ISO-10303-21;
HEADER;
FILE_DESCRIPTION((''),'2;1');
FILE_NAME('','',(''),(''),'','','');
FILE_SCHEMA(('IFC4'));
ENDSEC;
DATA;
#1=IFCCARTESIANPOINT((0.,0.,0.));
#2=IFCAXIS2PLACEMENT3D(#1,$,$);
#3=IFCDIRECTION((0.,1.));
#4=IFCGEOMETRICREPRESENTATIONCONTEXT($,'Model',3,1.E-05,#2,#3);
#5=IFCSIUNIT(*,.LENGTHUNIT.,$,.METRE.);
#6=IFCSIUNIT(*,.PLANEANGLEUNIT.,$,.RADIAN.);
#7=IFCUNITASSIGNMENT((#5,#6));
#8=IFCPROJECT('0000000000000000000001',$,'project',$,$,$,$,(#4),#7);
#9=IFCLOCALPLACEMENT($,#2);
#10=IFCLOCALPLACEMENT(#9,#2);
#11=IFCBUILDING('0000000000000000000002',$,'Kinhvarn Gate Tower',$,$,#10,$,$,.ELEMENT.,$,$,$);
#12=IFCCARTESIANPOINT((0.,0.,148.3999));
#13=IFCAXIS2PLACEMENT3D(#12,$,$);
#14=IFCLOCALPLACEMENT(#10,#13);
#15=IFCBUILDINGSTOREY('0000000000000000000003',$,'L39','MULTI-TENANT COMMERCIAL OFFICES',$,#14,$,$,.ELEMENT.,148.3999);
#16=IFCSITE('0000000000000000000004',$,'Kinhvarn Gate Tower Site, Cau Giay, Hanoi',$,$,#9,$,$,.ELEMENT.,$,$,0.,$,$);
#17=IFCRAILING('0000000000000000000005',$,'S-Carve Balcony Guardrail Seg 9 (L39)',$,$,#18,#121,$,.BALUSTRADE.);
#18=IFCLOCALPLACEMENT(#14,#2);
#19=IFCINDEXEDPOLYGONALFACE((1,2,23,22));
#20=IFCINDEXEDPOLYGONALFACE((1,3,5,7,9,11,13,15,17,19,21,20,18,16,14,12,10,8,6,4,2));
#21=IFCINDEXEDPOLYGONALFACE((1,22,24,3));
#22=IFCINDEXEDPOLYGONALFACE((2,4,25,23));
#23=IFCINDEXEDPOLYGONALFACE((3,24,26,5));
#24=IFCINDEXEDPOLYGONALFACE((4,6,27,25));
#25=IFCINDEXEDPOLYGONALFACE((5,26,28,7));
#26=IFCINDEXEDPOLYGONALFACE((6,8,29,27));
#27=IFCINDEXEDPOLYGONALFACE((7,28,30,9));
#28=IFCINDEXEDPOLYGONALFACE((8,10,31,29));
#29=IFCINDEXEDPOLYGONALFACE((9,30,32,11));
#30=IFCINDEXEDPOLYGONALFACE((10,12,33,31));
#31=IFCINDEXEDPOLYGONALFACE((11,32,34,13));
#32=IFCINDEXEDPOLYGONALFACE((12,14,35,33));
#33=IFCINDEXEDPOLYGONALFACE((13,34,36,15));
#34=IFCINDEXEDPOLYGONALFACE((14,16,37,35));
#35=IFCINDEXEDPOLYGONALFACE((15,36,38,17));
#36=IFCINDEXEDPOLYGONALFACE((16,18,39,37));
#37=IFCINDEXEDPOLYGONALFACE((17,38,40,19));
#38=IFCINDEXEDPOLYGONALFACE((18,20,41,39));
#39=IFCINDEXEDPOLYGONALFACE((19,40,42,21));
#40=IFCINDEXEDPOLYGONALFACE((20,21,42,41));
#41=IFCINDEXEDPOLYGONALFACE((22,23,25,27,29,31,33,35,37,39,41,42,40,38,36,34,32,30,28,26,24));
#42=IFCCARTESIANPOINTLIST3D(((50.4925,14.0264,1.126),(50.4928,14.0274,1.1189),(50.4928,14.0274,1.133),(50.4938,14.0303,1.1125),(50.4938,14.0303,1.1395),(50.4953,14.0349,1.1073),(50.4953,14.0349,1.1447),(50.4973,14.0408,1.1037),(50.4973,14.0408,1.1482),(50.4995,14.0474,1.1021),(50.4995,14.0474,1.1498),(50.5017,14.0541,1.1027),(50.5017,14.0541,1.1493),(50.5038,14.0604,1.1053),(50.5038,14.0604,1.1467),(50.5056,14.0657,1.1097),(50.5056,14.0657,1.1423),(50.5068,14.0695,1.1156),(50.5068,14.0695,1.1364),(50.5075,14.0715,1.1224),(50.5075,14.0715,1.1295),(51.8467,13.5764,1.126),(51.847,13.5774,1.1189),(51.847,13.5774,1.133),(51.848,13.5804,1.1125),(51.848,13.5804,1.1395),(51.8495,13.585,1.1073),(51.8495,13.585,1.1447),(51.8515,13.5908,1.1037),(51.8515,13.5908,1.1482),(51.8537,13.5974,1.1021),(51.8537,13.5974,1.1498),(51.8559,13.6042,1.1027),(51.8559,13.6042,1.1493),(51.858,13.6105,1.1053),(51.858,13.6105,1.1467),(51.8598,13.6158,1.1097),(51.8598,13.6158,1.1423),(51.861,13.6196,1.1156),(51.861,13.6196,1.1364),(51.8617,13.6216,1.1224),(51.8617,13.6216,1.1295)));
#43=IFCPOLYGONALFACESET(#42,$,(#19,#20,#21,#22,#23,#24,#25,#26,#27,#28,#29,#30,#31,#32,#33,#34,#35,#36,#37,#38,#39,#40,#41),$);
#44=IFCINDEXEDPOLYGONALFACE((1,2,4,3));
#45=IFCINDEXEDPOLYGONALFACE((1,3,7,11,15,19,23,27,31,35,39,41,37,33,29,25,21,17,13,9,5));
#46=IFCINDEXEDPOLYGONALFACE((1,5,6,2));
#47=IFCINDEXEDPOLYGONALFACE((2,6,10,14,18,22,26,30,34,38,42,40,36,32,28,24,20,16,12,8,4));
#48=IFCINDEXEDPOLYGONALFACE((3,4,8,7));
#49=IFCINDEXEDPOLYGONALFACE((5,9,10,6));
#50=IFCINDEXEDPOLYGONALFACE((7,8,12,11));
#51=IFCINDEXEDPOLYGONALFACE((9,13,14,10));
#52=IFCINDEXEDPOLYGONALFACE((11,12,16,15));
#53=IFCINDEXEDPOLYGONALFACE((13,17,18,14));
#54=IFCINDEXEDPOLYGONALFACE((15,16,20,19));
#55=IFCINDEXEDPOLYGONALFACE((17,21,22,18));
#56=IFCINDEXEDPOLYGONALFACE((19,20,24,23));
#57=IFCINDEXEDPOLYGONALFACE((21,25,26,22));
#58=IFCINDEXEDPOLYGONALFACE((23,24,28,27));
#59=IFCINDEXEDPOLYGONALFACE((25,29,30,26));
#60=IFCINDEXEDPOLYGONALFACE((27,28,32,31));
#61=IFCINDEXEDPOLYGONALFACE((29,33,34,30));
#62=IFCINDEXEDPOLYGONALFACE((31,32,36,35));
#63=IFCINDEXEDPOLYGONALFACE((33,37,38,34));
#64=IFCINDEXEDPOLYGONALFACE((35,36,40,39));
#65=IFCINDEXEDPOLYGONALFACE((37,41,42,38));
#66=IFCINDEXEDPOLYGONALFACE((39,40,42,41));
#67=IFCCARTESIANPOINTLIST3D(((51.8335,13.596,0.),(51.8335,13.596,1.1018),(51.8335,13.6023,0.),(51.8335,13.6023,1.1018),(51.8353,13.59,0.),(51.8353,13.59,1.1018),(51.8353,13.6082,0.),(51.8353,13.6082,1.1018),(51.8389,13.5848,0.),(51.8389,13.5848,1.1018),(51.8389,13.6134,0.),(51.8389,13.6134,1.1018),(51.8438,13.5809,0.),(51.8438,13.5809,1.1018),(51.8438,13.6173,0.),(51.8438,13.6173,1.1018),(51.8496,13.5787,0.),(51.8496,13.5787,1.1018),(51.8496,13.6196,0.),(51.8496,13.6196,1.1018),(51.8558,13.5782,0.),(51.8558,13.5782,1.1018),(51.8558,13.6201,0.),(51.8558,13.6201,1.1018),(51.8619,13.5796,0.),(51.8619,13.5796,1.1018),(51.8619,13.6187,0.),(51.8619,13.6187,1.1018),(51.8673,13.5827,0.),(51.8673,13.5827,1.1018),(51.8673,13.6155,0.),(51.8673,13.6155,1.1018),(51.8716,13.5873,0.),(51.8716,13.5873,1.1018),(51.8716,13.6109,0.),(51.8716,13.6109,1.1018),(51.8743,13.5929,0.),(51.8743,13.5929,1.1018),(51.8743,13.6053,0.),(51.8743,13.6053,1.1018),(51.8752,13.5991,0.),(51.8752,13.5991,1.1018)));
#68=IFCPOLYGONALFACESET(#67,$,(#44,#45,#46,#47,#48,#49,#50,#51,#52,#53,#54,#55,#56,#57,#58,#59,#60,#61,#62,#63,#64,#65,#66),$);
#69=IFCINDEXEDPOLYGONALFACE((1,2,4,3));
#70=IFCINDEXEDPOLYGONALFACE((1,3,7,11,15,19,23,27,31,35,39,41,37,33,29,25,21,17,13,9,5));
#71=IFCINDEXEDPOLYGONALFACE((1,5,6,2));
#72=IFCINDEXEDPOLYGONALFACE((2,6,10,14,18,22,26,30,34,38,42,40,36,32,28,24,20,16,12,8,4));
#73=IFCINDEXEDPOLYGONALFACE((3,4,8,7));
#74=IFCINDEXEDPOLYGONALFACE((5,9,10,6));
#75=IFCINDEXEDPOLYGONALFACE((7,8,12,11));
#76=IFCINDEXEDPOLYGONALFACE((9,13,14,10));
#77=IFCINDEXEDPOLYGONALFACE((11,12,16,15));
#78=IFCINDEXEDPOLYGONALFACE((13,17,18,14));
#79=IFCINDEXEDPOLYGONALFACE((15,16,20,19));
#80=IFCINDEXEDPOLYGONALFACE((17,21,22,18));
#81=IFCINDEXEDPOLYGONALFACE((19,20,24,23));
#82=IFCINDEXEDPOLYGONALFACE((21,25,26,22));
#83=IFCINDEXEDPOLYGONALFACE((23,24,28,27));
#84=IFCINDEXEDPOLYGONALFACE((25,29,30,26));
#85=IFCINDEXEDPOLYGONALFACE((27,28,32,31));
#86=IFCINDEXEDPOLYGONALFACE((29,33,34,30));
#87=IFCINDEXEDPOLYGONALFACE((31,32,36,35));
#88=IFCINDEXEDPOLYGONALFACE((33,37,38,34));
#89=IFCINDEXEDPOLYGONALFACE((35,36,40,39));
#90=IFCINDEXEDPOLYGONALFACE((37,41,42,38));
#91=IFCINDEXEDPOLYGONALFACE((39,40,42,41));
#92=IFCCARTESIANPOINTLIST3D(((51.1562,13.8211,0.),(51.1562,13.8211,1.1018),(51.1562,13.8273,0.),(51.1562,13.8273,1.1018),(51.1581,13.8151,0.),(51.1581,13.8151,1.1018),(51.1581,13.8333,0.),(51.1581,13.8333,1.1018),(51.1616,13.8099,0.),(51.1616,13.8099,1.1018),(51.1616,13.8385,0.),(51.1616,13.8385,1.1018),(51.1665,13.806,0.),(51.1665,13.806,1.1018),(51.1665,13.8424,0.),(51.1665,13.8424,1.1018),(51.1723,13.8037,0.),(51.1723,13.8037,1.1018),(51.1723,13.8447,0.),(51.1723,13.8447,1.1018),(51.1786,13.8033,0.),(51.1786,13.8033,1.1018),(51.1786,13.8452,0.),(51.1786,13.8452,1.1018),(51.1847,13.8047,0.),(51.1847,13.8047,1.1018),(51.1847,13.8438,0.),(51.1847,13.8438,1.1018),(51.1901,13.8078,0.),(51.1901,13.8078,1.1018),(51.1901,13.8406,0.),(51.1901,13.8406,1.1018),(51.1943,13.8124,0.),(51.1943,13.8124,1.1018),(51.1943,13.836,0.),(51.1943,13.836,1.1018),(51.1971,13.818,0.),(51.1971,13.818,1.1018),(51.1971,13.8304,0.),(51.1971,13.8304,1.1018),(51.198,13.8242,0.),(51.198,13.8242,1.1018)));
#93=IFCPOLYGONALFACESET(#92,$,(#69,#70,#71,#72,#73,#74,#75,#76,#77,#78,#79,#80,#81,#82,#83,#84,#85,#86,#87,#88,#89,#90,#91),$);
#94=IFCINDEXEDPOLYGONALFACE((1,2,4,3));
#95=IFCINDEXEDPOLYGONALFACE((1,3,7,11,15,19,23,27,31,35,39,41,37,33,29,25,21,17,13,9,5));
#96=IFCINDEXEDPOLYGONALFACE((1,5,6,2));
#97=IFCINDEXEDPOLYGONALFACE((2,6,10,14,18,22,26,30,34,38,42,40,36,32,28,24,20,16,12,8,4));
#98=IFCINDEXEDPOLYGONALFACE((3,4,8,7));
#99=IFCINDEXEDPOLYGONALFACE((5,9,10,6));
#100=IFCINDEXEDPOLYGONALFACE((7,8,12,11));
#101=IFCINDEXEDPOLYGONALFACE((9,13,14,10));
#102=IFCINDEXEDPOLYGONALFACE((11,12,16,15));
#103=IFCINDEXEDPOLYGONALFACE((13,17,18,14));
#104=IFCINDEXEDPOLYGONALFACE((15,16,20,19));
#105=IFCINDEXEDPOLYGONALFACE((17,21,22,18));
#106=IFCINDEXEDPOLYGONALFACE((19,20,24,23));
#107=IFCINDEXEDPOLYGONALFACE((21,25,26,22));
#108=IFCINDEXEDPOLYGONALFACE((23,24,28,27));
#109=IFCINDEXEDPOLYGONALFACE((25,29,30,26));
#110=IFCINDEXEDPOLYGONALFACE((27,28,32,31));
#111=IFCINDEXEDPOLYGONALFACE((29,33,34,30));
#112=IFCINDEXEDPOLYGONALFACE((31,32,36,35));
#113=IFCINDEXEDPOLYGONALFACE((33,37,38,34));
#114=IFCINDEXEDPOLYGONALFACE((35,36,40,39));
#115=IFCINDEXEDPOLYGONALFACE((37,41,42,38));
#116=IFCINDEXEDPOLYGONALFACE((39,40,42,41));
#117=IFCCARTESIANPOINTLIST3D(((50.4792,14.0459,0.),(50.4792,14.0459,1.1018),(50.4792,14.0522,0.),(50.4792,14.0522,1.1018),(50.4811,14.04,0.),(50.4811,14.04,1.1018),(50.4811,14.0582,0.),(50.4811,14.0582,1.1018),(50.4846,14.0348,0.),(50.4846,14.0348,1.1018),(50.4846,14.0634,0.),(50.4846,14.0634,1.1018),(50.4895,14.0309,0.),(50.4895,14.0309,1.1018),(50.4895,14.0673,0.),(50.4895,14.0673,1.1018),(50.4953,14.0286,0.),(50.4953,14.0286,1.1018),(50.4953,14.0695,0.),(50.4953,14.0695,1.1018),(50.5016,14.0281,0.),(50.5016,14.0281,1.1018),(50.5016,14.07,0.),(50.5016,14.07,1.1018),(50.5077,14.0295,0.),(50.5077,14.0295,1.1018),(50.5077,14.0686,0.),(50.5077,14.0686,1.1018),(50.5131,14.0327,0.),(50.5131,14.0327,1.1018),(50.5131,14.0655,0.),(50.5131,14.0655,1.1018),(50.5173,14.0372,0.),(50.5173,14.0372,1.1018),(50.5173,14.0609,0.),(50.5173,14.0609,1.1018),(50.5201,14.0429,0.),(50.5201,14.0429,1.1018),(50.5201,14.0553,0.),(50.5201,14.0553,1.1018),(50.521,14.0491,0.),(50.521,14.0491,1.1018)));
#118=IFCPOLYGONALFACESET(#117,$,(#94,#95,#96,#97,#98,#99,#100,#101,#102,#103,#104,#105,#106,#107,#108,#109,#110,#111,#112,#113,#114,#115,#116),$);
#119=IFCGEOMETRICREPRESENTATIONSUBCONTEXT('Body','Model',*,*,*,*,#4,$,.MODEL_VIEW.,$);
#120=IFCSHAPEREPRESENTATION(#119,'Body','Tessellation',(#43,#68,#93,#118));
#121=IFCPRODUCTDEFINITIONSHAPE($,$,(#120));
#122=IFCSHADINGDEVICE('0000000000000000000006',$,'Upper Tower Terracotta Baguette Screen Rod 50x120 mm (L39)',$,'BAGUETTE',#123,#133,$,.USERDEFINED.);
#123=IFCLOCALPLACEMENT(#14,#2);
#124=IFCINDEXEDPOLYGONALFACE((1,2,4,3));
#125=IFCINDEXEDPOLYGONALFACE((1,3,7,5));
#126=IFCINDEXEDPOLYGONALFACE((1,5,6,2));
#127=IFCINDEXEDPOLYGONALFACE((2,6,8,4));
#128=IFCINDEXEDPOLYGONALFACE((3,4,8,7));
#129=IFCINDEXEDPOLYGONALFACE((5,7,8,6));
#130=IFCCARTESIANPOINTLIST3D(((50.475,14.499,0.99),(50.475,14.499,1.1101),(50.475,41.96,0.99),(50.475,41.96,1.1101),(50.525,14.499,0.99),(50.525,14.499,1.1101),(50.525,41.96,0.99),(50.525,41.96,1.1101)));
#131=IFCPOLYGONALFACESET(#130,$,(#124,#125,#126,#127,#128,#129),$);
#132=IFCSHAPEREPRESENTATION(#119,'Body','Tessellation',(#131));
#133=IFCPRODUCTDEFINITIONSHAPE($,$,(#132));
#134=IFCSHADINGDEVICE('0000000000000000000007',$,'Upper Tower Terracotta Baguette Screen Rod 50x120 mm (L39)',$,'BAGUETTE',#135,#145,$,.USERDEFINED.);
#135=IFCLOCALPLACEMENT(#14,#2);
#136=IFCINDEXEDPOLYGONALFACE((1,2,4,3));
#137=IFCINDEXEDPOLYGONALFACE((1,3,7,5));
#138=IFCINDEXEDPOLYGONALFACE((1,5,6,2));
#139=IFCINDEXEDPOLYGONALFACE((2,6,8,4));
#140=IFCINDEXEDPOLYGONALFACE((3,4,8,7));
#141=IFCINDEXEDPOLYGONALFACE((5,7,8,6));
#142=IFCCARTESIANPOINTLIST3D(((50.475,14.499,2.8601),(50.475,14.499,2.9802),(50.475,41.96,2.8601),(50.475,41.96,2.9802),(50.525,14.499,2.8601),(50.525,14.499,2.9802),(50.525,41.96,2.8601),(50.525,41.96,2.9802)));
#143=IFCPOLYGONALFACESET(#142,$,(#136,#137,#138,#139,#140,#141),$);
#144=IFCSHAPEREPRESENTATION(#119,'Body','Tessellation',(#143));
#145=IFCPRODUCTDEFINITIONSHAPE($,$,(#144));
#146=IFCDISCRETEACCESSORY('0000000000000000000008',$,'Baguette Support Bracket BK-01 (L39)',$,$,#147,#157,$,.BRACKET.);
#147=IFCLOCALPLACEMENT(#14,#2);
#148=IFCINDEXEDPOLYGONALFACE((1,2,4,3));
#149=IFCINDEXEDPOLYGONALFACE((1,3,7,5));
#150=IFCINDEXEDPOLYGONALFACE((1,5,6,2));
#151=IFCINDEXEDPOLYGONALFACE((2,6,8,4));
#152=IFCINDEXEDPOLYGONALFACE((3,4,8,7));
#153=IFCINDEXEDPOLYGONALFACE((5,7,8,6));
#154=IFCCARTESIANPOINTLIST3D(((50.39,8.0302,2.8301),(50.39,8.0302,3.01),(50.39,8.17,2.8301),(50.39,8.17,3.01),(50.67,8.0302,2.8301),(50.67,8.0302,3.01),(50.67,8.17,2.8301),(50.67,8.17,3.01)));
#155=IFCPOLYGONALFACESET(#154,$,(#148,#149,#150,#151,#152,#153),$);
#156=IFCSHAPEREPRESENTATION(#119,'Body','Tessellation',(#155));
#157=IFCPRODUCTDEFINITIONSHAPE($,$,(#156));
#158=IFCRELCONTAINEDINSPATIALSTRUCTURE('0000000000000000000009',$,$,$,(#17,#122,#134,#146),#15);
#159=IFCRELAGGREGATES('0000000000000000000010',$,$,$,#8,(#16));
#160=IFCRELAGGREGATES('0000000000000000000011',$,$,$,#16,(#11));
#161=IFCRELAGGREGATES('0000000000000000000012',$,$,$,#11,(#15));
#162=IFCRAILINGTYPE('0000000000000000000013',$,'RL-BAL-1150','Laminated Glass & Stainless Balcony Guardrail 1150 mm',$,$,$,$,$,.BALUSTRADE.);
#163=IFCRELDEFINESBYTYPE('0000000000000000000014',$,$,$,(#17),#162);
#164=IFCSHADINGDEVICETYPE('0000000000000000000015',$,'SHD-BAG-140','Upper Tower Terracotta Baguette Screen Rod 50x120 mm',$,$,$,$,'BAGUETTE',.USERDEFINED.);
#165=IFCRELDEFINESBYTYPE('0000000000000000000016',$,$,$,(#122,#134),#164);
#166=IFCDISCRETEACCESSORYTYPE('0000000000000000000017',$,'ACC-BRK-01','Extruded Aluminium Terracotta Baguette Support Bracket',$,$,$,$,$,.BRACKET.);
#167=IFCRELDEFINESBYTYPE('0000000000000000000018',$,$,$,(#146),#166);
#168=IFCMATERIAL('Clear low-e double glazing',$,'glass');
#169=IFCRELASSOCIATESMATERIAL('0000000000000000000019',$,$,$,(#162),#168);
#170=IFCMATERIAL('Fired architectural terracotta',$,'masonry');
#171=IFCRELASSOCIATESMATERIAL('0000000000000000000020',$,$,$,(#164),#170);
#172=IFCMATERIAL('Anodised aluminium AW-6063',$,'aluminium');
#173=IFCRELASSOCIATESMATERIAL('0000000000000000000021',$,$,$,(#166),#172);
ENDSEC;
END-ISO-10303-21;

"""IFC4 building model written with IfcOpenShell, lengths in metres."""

from ifc_helpers import new_model, si_unit, direction, frame, origin, origin_2d, place, context, subcontext, project, spatial, rectangle, circle, extrude, material, material_profile, profile_set, type_object, element, save


model = new_model("IFC4")

# Units and contexts
model_context = context("Model", 3, precision=1e-05, world=origin(), true_north=direction((0.0, 1.0)))
body_context = subcontext(model_context, "Body", "Model", "MODEL_VIEW")
ifc_project = project(units=[si_unit("LENGTHUNIT", "METRE"), si_unit("PLANEANGLEUNIT", "RADIAN")], contexts=[model_context])

# Site, building, storey
site_placement = place(None, origin())
site = spatial("IfcSite", under=ifc_project, at=site_placement, Name="Kinhvarn Gate Tower Site, Cau Giay, Hanoi", CompositionType="ELEMENT", RefElevation=0.0)
building_placement = place(site_placement, origin())
building = spatial("IfcBuilding", under=site, at=building_placement, Name="Kinhvarn Gate Tower", CompositionType="ELEMENT")
storey_placement = place(building_placement, frame((0.0, 0.0, 148.3999)))
storey = spatial("IfcBuildingStorey", under=building, at=storey_placement, Name="L39", Description="MULTI-TENANT COMMERCIAL OFFICES", CompositionType="ELEMENT", Elevation=148.3999)

# Shared definitions
ifc_material_1 = material(Name="Anodised aluminium AW-6063", Category="aluminium")

# Shared definitions
ifc_material_2 = material(Name="Clear low-e double glazing", Category="glass")

# Shared definitions
ifc_material_3 = material(Name="Fired architectural terracotta", Category="masonry")

# Railing
railing_type = type_object("IfcRailingType", Name="RL-BAL-1150", Description="Laminated Glass & Stainless Balcony Guardrail 1150 mm", PredefinedType="BALUSTRADE", material=ifc_material_2)
railing_placement = place(storey_placement, frame((51.8542, 13.5991, 0.0)))
element("IfcRailing", 1, at=railing_placement, inside=storey, type_object=railing_type, Name="S-Carve Balcony Guardrail Seg 9 (L39)", PredefinedType="BALUSTRADE", context=body_context, shape_type="SweptSolid", body=[
    extrude(circle(Radius=0.0239, at=origin_2d()), frame((0.0, 0.0, 1.126), z_axis=(-0.948991, 0.315304, 0.0), x_axis=(-0.315304, -0.948991, 0.0)), (0.0, 0.0, 1.0), 1.427),
    extrude(circle(Radius=0.021, at=origin_2d()), origin(), (0.0, 0.0, 1.0), 1.1018),
    extrude(circle(Radius=0.021, at=origin_2d()), frame((-0.6772, 0.2251, 0.0)), (0.0, 0.0, 1.0), 1.1018),
    extrude(circle(Radius=0.021, at=origin_2d()), frame((-1.3542, 0.45, 0.0)), (0.0, 0.0, 1.0), 1.1018),
])

# Shading devices
ifc_material_profile_1 = material_profile(ifc_material_3, rectangle(XDim=0.05, YDim=0.1201, at=origin_2d()), Name="TC 50x120")
ifc_profile_set_1 = profile_set([ifc_material_profile_1], Name="Fired architectural terracotta")
shading_device_type = type_object("IfcShadingDeviceType", Name="SHD-BAG-140", Description="Upper Tower Terracotta Baguette Screen Rod 50x120 mm", ElementType="BAGUETTE", PredefinedType="USERDEFINED", material=ifc_profile_set_1)
for number, where, z_axis, x_axis, name in (
    (2, (50.5, 14.499, 1.05), (0.0, 1.0, 0.0), (-1.0, 0.0, 0.0), "Upper Tower Terracotta Baguette Screen Rod 50x120 mm (L39)"),
    (3, (50.5, 14.499, 2.9202), (0.0, 1.0, 0.0), (-1.0, 0.0, 0.0), "Upper Tower Terracotta Baguette Screen Rod 50x120 mm (L39)"),
):
    element("IfcShadingDevice", number, at=place(storey_placement, frame(where, z_axis=z_axis, x_axis=x_axis)), inside=storey, type_object=shading_device_type, Name=name, ObjectType="BAGUETTE", PredefinedType="USERDEFINED", context=body_context, shape_type="SweptSolid", body=[
        extrude(rectangle(XDim=0.05, YDim=0.1201, at=origin_2d()), origin(), (0.0, 0.0, 1.0), 27.4609),
    ])

# Discrete accessory
discrete_accessory_type = type_object("IfcDiscreteAccessoryType", Name="ACC-BRK-01", Description="Extruded Aluminium Terracotta Baguette Support Bracket", PredefinedType="BRACKET", material=ifc_material_1)
discrete_accessory_placement = place(storey_placement, frame((50.53, 8.1001, 2.8301), z_axis=(0.0, 0.0, 1.0), x_axis=(0.0, 1.0, 0.0)))
element("IfcDiscreteAccessory", 4, at=discrete_accessory_placement, inside=storey, type_object=discrete_accessory_type, Name="Baguette Support Bracket BK-01 (L39)", PredefinedType="BRACKET", context=body_context, shape_type="SweptSolid", body=[
    extrude(rectangle(XDim=0.1399, YDim=0.28, at=origin_2d()), origin(), (0.0, 0.0, 1.0), 0.1799),
])

save(model, "model.ifc")
